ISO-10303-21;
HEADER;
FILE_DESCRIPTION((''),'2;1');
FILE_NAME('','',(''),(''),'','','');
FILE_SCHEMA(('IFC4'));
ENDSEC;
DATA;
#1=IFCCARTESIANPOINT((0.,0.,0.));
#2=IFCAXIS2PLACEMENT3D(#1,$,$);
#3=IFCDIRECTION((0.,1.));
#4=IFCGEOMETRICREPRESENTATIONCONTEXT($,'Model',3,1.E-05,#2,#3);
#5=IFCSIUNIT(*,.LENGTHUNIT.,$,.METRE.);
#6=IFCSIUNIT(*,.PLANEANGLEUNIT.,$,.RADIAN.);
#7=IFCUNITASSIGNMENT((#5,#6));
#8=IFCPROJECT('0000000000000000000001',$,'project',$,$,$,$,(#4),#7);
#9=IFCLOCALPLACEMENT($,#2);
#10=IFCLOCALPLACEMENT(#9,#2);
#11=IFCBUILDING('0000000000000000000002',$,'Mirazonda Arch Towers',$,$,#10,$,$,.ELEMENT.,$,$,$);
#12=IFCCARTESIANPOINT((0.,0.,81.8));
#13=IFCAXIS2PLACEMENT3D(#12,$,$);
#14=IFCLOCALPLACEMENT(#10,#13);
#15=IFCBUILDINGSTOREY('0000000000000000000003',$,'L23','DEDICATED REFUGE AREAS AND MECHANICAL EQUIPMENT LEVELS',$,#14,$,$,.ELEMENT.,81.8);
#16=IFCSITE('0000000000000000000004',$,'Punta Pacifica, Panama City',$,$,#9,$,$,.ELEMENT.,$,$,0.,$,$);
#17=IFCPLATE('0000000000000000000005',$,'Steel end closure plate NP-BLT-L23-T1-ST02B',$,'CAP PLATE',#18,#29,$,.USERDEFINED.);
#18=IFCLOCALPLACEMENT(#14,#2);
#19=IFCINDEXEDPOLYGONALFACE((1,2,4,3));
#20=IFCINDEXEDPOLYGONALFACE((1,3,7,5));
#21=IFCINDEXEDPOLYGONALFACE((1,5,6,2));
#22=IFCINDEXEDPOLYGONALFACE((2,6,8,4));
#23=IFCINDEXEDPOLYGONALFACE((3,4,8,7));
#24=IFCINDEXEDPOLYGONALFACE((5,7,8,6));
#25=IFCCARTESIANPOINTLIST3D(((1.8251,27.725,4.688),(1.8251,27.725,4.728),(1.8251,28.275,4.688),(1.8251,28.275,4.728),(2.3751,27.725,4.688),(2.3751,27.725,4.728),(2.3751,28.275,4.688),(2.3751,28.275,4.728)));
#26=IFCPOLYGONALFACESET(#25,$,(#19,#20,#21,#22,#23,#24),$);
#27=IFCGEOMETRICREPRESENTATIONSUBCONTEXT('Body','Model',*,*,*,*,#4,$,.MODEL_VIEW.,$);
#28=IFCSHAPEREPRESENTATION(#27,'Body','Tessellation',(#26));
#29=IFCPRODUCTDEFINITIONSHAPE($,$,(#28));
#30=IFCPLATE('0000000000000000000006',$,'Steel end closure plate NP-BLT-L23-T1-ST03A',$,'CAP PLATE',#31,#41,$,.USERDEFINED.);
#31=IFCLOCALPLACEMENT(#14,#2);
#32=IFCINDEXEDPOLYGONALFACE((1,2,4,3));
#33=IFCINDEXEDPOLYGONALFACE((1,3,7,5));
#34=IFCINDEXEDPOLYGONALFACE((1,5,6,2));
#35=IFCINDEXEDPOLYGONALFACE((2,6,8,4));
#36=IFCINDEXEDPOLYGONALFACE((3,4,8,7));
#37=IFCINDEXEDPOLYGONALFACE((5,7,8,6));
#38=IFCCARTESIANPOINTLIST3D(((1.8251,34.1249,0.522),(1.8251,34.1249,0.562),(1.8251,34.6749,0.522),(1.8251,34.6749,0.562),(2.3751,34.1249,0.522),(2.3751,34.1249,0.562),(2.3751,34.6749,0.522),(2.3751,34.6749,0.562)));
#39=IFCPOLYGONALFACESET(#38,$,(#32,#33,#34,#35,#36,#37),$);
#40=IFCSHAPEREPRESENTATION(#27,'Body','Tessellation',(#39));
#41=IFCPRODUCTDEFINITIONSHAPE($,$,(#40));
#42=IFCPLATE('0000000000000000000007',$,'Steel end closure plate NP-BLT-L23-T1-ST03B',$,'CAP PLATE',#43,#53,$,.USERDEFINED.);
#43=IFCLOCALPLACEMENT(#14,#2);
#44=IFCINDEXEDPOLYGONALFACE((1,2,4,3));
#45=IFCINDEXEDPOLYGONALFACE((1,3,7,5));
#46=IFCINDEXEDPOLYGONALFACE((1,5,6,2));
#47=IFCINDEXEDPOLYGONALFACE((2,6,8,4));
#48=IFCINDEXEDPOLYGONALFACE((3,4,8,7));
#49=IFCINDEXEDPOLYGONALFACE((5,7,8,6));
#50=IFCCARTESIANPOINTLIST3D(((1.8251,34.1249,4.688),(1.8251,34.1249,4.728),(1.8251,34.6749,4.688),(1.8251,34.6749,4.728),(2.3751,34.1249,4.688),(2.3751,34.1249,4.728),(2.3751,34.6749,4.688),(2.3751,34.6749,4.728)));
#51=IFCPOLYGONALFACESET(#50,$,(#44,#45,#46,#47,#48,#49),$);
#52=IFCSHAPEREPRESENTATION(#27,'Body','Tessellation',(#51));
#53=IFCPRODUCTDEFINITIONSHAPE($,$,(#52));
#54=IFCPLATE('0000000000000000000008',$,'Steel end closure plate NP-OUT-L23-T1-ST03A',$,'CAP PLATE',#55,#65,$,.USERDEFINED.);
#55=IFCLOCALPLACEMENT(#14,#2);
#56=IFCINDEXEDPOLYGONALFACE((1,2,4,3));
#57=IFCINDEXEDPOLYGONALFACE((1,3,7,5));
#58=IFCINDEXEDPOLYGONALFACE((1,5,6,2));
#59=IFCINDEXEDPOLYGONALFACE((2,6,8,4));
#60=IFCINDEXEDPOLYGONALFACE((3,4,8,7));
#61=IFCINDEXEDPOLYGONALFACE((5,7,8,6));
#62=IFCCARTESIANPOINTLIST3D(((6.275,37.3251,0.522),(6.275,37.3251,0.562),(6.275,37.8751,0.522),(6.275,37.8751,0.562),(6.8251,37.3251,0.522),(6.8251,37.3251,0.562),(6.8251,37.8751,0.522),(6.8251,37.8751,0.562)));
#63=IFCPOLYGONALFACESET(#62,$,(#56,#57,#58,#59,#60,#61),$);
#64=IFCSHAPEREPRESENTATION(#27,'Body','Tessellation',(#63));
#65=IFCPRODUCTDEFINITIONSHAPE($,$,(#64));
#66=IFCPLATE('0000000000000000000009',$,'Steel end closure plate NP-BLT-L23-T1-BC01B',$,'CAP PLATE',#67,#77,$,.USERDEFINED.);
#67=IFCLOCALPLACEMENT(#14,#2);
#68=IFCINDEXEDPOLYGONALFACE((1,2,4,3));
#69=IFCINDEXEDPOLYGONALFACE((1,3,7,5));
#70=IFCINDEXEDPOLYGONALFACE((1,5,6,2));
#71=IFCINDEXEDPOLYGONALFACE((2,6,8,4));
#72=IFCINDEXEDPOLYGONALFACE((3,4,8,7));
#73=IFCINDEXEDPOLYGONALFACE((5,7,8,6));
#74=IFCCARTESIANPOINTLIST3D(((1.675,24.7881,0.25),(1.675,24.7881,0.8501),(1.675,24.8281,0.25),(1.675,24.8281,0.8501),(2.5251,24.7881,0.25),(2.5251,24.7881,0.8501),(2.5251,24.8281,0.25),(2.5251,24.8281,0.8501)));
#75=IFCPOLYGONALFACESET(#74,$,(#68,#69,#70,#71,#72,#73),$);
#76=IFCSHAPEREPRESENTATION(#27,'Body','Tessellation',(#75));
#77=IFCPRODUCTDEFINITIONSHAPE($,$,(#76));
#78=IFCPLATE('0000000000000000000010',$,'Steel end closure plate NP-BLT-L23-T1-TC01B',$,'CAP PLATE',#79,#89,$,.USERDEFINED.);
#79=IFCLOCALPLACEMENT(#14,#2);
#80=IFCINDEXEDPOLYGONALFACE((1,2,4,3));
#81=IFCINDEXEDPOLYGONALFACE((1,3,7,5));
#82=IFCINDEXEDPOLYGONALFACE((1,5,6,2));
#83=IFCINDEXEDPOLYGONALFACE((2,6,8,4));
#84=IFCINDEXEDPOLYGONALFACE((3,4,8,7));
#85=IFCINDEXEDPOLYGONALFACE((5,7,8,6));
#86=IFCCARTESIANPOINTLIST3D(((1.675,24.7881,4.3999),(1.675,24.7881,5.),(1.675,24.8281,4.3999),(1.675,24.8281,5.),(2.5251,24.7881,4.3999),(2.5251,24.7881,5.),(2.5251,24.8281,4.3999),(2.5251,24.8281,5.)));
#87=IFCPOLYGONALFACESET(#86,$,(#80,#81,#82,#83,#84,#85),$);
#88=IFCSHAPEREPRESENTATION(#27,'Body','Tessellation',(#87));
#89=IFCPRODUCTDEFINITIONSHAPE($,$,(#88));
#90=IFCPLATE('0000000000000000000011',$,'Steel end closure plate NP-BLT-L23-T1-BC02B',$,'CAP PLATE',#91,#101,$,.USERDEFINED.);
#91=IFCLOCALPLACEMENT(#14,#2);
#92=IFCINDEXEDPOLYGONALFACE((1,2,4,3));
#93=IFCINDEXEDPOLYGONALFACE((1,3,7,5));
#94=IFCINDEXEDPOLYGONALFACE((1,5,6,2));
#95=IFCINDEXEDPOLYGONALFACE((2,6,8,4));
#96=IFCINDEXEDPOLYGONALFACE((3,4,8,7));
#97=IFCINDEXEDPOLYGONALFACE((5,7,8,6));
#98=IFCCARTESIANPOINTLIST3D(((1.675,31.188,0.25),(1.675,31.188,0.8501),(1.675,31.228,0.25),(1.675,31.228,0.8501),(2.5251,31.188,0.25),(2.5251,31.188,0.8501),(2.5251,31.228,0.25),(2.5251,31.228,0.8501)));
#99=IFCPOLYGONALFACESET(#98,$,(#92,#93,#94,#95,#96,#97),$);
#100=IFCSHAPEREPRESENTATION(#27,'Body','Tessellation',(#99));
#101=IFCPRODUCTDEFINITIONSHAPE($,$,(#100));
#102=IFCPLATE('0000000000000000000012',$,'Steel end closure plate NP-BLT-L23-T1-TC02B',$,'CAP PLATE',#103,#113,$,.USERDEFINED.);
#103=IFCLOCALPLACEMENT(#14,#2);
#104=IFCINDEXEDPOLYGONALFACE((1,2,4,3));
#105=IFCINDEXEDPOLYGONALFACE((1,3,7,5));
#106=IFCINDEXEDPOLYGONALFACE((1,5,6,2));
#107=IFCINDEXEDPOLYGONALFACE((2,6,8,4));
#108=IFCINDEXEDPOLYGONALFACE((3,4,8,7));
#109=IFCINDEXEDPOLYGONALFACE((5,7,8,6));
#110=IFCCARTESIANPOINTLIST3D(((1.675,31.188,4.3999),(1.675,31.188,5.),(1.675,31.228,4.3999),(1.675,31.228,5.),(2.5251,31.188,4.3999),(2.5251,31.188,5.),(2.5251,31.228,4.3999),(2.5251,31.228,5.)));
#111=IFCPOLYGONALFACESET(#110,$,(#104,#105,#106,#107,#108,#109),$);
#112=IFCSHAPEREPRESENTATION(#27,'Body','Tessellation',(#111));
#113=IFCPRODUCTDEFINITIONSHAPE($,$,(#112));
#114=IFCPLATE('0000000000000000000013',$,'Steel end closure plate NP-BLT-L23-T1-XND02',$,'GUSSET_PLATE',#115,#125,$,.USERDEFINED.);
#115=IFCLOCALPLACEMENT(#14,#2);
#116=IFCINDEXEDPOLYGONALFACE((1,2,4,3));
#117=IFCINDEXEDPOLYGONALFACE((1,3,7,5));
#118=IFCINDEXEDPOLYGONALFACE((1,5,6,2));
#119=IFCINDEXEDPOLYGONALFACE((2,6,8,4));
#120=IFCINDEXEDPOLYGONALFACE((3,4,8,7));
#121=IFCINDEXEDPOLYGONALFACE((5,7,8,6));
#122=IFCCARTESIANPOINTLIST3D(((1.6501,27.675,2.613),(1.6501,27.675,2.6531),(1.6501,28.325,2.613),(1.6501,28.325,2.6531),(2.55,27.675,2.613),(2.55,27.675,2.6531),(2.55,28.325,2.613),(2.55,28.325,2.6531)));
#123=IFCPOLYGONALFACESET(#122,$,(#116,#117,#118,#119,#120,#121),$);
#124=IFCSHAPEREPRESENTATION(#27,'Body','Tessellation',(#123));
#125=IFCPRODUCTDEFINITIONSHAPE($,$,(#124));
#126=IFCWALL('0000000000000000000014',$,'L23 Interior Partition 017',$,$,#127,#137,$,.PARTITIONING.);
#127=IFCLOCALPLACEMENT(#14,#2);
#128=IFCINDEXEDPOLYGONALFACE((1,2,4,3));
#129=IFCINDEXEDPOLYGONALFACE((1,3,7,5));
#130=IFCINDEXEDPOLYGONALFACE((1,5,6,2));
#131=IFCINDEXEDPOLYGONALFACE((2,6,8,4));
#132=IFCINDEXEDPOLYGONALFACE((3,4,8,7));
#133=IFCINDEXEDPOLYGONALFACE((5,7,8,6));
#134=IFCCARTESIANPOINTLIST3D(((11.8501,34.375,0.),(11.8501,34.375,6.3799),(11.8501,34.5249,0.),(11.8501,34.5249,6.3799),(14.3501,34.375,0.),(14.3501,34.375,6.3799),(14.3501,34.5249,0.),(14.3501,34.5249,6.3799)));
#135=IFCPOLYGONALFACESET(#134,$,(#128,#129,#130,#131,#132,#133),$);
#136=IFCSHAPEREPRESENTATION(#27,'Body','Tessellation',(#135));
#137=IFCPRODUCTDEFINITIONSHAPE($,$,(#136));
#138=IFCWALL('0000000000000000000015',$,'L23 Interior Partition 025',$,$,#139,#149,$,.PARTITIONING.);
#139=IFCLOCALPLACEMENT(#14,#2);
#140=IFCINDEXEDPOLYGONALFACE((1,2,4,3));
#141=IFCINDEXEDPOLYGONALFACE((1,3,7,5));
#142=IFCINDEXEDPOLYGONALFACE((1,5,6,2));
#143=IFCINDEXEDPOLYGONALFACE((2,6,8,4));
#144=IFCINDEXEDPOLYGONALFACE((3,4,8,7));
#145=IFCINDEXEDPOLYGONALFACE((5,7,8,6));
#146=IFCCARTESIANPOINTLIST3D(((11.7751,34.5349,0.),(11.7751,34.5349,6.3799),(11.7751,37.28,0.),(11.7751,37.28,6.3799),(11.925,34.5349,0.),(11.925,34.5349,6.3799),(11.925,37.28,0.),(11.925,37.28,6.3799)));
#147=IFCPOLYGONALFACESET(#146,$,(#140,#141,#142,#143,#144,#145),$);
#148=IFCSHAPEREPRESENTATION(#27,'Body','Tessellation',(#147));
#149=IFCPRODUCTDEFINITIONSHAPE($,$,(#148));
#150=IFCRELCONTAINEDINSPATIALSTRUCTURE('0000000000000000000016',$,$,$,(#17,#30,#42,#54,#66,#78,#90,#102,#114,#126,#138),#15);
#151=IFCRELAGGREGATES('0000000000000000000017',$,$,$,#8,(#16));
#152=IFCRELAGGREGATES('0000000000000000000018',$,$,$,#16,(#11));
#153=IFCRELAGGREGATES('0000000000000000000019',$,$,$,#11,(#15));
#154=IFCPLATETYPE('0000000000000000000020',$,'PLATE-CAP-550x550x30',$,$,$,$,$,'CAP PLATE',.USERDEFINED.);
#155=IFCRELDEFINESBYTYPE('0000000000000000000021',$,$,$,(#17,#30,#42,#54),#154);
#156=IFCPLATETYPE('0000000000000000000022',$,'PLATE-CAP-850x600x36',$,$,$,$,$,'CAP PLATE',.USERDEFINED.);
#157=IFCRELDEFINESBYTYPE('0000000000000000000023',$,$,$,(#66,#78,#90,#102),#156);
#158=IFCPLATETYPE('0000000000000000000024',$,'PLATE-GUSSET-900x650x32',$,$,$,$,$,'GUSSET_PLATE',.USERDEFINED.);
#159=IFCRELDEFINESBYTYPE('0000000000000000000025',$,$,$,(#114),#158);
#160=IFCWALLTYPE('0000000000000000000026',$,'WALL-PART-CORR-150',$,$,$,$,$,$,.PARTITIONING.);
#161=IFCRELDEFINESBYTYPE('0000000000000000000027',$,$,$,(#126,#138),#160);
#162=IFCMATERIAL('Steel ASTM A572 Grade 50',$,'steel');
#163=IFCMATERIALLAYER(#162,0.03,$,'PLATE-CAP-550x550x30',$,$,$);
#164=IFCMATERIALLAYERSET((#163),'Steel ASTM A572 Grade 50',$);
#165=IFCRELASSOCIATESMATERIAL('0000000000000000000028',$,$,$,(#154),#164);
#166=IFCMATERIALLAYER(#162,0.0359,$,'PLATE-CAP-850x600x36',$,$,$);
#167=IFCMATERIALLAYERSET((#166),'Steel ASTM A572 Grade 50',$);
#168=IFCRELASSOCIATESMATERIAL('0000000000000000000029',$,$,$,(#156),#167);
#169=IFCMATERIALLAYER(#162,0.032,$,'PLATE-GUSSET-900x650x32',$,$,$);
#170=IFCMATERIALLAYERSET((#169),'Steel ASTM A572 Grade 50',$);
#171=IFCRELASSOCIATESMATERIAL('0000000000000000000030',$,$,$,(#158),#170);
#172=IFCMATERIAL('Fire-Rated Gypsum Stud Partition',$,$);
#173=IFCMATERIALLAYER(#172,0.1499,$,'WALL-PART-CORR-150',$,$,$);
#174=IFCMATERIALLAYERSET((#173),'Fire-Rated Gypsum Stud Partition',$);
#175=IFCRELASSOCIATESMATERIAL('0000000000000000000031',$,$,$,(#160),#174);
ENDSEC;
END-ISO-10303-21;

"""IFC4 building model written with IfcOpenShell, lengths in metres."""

from ifc_helpers import new_model, si_unit, direction, frame, frame_2d, origin, origin_2d, place, context, subcontext, project, spatial, rectangle, extrude, material, layer, layer_set, type_object, element, save


model = new_model("IFC4")

# Units and contexts
model_context = context("Model", 3, precision=1e-05, world=origin(), true_north=direction((0.0, 1.0)))
body_context = subcontext(model_context, "Body", "Model", "MODEL_VIEW")
ifc_project = project(units=[si_unit("LENGTHUNIT", "METRE"), si_unit("PLANEANGLEUNIT", "RADIAN")], contexts=[model_context])

# Site, building, storey
site_placement = place(None, origin())
site = spatial("IfcSite", under=ifc_project, at=site_placement, Name="Punta Pacifica, Panama City", CompositionType="ELEMENT", RefElevation=0.0)
building_placement = place(site_placement, origin())
building = spatial("IfcBuilding", under=site, at=building_placement, Name="Mirazonda Arch Towers", CompositionType="ELEMENT")
storey_placement = place(building_placement, frame((0.0, 0.0, 81.8)))
storey = spatial("IfcBuildingStorey", under=building, at=storey_placement, Name="L23", Description="DEDICATED REFUGE AREAS AND MECHANICAL EQUIPMENT LEVELS", CompositionType="ELEMENT", Elevation=81.8)

# Shared definitions
ifc_material_1 = material(Name="Steel ASTM A572 Grade 50", Category="steel")

# Plates
ifc_layer_1 = layer(ifc_material_1, 0.03, Name="PLATE-CAP-550x550x30")
ifc_layer_set_1 = layer_set([ifc_layer_1], Name="Steel ASTM A572 Grade 50")
plate_type_1 = type_object("IfcPlateType", Name="PLATE-CAP-550x550x30", ElementType="CAP PLATE", PredefinedType="USERDEFINED", material=ifc_layer_set_1)
for number, where, z_axis, x_axis, name in (
    (1, (2.1001, 28.0, 4.688), (0.0, 0.0, 1.0), (1.0, 0.0, 0.0), "Steel end closure plate NP-BLT-L23-T1-ST02B"),
    (2, (2.1001, 34.3999, 0.522), (0.0, 0.0, 1.0), (1.0, 0.0, 0.0), "Steel end closure plate NP-BLT-L23-T1-ST03A"),
    (3, (2.1001, 34.3999, 4.688), (0.0, 0.0, 1.0), (1.0, 0.0, 0.0), "Steel end closure plate NP-BLT-L23-T1-ST03B"),
    (4, (6.55, 37.6001, 0.522), (0.0, 0.0, 1.0), (1.0, 0.0, 0.0), "Steel end closure plate NP-OUT-L23-T1-ST03A"),
):
    element("IfcPlate", number, at=place(storey_placement, frame(where, z_axis=z_axis, x_axis=x_axis)), inside=storey, type_object=plate_type_1, Name=name, ObjectType="CAP PLATE", PredefinedType="USERDEFINED", context=body_context, shape_type="SweptSolid", body=[
        extrude(rectangle(XDim=0.55, YDim=0.55, at=origin_2d()), origin(), (0.0, 0.0, 1.0), 0.04),
    ])
ifc_layer_2 = layer(ifc_material_1, 0.0359, Name="PLATE-CAP-850x600x36")
ifc_layer_set_2 = layer_set([ifc_layer_2], Name="Steel ASTM A572 Grade 50")
plate_type_2 = type_object("IfcPlateType", Name="PLATE-CAP-850x600x36", ElementType="CAP PLATE", PredefinedType="USERDEFINED", material=ifc_layer_set_2)
for number, where, z_axis, x_axis, name in (
    (5, (2.1001, 24.8081, 0.25), (0.0, 0.0, 1.0), (0.0, 1.0, 0.0), "Steel end closure plate NP-BLT-L23-T1-BC01B"),
    (6, (2.1001, 24.8081, 4.3999), (0.0, 0.0, 1.0), (0.0, 1.0, 0.0), "Steel end closure plate NP-BLT-L23-T1-TC01B"),
    (7, (2.1001, 31.208, 0.25), (0.0, 0.0, 1.0), (0.0, 1.0, 0.0), "Steel end closure plate NP-BLT-L23-T1-BC02B"),
    (8, (2.1001, 31.208, 4.3999), (0.0, 0.0, 1.0), (0.0, 1.0, 0.0), "Steel end closure plate NP-BLT-L23-T1-TC02B"),
):
    element("IfcPlate", number, at=place(storey_placement, frame(where, z_axis=z_axis, x_axis=x_axis)), inside=storey, type_object=plate_type_2, Name=name, ObjectType="CAP PLATE", PredefinedType="USERDEFINED", context=body_context, shape_type="SweptSolid", body=[
        extrude(rectangle(XDim=0.04, YDim=0.8501, at=origin_2d()), origin(), (0.0, 0.0, 1.0), 0.6001),
    ])
ifc_layer_3 = layer(ifc_material_1, 0.032, Name="PLATE-GUSSET-900x650x32")
ifc_layer_set_3 = layer_set([ifc_layer_3], Name="Steel ASTM A572 Grade 50")
plate_type_3 = type_object("IfcPlateType", Name="PLATE-GUSSET-900x650x32", ElementType="GUSSET_PLATE", PredefinedType="USERDEFINED", material=ifc_layer_set_3)
plate_placement = place(storey_placement, frame((2.1001, 28.0, 2.613), z_axis=(0.0, 0.0, 1.0), x_axis=(1.0, 0.0, 0.0)))
element("IfcPlate", 9, at=plate_placement, inside=storey, type_object=plate_type_3, Name="Steel end closure plate NP-BLT-L23-T1-XND02", ObjectType="GUSSET_PLATE", PredefinedType="USERDEFINED", context=body_context, shape_type="SweptSolid", body=[
    extrude(rectangle(XDim=0.8999, YDim=0.6499, at=origin_2d()), origin(), (0.0, 0.0, 1.0), 0.04),
])

# Walls
ifc_material_2 = material(Name="Fire-Rated Gypsum Stud Partition")
ifc_layer_4 = layer(ifc_material_2, 0.1499, Name="WALL-PART-CORR-150")
ifc_layer_set_4 = layer_set([ifc_layer_4], Name="Fire-Rated Gypsum Stud Partition")
wall_type_1 = type_object("IfcWallType", Name="WALL-PART-CORR-150", PredefinedType="PARTITIONING", material=ifc_layer_set_4)
wall_1_placement = place(storey_placement, frame((11.8501, 34.45, 0.0), z_axis=(0.0, 0.0, 1.0), x_axis=(1.0, 0.0, 0.0)))
element("IfcWall", 10, at=wall_1_placement, inside=storey, type_object=wall_type_1, Name="L23 Interior Partition 017", PredefinedType="PARTITIONING", context=body_context, shape_type="SweptSolid", body=[
    extrude(rectangle(XDim=2.5, YDim=0.1499, at=frame_2d((1.25, 0.0))), origin(), (0.0, 0.0, 1.0), 6.3799),
])
wall_2_placement = place(storey_placement, frame((11.8501, 34.5349, 0.0), z_axis=(0.0, 0.0, 1.0), x_axis=(0.0, 1.0, 0.0)))
element("IfcWall", 11, at=wall_2_placement, inside=storey, type_object=wall_type_1, Name="L23 Interior Partition 025", PredefinedType="PARTITIONING", context=body_context, shape_type="SweptSolid", body=[
    extrude(rectangle(XDim=2.7451, YDim=0.1499, at=frame_2d((1.3726, 0.0))), origin(), (0.0, 0.0, 1.0), 6.3799),
])

save(model, "model.ifc")
